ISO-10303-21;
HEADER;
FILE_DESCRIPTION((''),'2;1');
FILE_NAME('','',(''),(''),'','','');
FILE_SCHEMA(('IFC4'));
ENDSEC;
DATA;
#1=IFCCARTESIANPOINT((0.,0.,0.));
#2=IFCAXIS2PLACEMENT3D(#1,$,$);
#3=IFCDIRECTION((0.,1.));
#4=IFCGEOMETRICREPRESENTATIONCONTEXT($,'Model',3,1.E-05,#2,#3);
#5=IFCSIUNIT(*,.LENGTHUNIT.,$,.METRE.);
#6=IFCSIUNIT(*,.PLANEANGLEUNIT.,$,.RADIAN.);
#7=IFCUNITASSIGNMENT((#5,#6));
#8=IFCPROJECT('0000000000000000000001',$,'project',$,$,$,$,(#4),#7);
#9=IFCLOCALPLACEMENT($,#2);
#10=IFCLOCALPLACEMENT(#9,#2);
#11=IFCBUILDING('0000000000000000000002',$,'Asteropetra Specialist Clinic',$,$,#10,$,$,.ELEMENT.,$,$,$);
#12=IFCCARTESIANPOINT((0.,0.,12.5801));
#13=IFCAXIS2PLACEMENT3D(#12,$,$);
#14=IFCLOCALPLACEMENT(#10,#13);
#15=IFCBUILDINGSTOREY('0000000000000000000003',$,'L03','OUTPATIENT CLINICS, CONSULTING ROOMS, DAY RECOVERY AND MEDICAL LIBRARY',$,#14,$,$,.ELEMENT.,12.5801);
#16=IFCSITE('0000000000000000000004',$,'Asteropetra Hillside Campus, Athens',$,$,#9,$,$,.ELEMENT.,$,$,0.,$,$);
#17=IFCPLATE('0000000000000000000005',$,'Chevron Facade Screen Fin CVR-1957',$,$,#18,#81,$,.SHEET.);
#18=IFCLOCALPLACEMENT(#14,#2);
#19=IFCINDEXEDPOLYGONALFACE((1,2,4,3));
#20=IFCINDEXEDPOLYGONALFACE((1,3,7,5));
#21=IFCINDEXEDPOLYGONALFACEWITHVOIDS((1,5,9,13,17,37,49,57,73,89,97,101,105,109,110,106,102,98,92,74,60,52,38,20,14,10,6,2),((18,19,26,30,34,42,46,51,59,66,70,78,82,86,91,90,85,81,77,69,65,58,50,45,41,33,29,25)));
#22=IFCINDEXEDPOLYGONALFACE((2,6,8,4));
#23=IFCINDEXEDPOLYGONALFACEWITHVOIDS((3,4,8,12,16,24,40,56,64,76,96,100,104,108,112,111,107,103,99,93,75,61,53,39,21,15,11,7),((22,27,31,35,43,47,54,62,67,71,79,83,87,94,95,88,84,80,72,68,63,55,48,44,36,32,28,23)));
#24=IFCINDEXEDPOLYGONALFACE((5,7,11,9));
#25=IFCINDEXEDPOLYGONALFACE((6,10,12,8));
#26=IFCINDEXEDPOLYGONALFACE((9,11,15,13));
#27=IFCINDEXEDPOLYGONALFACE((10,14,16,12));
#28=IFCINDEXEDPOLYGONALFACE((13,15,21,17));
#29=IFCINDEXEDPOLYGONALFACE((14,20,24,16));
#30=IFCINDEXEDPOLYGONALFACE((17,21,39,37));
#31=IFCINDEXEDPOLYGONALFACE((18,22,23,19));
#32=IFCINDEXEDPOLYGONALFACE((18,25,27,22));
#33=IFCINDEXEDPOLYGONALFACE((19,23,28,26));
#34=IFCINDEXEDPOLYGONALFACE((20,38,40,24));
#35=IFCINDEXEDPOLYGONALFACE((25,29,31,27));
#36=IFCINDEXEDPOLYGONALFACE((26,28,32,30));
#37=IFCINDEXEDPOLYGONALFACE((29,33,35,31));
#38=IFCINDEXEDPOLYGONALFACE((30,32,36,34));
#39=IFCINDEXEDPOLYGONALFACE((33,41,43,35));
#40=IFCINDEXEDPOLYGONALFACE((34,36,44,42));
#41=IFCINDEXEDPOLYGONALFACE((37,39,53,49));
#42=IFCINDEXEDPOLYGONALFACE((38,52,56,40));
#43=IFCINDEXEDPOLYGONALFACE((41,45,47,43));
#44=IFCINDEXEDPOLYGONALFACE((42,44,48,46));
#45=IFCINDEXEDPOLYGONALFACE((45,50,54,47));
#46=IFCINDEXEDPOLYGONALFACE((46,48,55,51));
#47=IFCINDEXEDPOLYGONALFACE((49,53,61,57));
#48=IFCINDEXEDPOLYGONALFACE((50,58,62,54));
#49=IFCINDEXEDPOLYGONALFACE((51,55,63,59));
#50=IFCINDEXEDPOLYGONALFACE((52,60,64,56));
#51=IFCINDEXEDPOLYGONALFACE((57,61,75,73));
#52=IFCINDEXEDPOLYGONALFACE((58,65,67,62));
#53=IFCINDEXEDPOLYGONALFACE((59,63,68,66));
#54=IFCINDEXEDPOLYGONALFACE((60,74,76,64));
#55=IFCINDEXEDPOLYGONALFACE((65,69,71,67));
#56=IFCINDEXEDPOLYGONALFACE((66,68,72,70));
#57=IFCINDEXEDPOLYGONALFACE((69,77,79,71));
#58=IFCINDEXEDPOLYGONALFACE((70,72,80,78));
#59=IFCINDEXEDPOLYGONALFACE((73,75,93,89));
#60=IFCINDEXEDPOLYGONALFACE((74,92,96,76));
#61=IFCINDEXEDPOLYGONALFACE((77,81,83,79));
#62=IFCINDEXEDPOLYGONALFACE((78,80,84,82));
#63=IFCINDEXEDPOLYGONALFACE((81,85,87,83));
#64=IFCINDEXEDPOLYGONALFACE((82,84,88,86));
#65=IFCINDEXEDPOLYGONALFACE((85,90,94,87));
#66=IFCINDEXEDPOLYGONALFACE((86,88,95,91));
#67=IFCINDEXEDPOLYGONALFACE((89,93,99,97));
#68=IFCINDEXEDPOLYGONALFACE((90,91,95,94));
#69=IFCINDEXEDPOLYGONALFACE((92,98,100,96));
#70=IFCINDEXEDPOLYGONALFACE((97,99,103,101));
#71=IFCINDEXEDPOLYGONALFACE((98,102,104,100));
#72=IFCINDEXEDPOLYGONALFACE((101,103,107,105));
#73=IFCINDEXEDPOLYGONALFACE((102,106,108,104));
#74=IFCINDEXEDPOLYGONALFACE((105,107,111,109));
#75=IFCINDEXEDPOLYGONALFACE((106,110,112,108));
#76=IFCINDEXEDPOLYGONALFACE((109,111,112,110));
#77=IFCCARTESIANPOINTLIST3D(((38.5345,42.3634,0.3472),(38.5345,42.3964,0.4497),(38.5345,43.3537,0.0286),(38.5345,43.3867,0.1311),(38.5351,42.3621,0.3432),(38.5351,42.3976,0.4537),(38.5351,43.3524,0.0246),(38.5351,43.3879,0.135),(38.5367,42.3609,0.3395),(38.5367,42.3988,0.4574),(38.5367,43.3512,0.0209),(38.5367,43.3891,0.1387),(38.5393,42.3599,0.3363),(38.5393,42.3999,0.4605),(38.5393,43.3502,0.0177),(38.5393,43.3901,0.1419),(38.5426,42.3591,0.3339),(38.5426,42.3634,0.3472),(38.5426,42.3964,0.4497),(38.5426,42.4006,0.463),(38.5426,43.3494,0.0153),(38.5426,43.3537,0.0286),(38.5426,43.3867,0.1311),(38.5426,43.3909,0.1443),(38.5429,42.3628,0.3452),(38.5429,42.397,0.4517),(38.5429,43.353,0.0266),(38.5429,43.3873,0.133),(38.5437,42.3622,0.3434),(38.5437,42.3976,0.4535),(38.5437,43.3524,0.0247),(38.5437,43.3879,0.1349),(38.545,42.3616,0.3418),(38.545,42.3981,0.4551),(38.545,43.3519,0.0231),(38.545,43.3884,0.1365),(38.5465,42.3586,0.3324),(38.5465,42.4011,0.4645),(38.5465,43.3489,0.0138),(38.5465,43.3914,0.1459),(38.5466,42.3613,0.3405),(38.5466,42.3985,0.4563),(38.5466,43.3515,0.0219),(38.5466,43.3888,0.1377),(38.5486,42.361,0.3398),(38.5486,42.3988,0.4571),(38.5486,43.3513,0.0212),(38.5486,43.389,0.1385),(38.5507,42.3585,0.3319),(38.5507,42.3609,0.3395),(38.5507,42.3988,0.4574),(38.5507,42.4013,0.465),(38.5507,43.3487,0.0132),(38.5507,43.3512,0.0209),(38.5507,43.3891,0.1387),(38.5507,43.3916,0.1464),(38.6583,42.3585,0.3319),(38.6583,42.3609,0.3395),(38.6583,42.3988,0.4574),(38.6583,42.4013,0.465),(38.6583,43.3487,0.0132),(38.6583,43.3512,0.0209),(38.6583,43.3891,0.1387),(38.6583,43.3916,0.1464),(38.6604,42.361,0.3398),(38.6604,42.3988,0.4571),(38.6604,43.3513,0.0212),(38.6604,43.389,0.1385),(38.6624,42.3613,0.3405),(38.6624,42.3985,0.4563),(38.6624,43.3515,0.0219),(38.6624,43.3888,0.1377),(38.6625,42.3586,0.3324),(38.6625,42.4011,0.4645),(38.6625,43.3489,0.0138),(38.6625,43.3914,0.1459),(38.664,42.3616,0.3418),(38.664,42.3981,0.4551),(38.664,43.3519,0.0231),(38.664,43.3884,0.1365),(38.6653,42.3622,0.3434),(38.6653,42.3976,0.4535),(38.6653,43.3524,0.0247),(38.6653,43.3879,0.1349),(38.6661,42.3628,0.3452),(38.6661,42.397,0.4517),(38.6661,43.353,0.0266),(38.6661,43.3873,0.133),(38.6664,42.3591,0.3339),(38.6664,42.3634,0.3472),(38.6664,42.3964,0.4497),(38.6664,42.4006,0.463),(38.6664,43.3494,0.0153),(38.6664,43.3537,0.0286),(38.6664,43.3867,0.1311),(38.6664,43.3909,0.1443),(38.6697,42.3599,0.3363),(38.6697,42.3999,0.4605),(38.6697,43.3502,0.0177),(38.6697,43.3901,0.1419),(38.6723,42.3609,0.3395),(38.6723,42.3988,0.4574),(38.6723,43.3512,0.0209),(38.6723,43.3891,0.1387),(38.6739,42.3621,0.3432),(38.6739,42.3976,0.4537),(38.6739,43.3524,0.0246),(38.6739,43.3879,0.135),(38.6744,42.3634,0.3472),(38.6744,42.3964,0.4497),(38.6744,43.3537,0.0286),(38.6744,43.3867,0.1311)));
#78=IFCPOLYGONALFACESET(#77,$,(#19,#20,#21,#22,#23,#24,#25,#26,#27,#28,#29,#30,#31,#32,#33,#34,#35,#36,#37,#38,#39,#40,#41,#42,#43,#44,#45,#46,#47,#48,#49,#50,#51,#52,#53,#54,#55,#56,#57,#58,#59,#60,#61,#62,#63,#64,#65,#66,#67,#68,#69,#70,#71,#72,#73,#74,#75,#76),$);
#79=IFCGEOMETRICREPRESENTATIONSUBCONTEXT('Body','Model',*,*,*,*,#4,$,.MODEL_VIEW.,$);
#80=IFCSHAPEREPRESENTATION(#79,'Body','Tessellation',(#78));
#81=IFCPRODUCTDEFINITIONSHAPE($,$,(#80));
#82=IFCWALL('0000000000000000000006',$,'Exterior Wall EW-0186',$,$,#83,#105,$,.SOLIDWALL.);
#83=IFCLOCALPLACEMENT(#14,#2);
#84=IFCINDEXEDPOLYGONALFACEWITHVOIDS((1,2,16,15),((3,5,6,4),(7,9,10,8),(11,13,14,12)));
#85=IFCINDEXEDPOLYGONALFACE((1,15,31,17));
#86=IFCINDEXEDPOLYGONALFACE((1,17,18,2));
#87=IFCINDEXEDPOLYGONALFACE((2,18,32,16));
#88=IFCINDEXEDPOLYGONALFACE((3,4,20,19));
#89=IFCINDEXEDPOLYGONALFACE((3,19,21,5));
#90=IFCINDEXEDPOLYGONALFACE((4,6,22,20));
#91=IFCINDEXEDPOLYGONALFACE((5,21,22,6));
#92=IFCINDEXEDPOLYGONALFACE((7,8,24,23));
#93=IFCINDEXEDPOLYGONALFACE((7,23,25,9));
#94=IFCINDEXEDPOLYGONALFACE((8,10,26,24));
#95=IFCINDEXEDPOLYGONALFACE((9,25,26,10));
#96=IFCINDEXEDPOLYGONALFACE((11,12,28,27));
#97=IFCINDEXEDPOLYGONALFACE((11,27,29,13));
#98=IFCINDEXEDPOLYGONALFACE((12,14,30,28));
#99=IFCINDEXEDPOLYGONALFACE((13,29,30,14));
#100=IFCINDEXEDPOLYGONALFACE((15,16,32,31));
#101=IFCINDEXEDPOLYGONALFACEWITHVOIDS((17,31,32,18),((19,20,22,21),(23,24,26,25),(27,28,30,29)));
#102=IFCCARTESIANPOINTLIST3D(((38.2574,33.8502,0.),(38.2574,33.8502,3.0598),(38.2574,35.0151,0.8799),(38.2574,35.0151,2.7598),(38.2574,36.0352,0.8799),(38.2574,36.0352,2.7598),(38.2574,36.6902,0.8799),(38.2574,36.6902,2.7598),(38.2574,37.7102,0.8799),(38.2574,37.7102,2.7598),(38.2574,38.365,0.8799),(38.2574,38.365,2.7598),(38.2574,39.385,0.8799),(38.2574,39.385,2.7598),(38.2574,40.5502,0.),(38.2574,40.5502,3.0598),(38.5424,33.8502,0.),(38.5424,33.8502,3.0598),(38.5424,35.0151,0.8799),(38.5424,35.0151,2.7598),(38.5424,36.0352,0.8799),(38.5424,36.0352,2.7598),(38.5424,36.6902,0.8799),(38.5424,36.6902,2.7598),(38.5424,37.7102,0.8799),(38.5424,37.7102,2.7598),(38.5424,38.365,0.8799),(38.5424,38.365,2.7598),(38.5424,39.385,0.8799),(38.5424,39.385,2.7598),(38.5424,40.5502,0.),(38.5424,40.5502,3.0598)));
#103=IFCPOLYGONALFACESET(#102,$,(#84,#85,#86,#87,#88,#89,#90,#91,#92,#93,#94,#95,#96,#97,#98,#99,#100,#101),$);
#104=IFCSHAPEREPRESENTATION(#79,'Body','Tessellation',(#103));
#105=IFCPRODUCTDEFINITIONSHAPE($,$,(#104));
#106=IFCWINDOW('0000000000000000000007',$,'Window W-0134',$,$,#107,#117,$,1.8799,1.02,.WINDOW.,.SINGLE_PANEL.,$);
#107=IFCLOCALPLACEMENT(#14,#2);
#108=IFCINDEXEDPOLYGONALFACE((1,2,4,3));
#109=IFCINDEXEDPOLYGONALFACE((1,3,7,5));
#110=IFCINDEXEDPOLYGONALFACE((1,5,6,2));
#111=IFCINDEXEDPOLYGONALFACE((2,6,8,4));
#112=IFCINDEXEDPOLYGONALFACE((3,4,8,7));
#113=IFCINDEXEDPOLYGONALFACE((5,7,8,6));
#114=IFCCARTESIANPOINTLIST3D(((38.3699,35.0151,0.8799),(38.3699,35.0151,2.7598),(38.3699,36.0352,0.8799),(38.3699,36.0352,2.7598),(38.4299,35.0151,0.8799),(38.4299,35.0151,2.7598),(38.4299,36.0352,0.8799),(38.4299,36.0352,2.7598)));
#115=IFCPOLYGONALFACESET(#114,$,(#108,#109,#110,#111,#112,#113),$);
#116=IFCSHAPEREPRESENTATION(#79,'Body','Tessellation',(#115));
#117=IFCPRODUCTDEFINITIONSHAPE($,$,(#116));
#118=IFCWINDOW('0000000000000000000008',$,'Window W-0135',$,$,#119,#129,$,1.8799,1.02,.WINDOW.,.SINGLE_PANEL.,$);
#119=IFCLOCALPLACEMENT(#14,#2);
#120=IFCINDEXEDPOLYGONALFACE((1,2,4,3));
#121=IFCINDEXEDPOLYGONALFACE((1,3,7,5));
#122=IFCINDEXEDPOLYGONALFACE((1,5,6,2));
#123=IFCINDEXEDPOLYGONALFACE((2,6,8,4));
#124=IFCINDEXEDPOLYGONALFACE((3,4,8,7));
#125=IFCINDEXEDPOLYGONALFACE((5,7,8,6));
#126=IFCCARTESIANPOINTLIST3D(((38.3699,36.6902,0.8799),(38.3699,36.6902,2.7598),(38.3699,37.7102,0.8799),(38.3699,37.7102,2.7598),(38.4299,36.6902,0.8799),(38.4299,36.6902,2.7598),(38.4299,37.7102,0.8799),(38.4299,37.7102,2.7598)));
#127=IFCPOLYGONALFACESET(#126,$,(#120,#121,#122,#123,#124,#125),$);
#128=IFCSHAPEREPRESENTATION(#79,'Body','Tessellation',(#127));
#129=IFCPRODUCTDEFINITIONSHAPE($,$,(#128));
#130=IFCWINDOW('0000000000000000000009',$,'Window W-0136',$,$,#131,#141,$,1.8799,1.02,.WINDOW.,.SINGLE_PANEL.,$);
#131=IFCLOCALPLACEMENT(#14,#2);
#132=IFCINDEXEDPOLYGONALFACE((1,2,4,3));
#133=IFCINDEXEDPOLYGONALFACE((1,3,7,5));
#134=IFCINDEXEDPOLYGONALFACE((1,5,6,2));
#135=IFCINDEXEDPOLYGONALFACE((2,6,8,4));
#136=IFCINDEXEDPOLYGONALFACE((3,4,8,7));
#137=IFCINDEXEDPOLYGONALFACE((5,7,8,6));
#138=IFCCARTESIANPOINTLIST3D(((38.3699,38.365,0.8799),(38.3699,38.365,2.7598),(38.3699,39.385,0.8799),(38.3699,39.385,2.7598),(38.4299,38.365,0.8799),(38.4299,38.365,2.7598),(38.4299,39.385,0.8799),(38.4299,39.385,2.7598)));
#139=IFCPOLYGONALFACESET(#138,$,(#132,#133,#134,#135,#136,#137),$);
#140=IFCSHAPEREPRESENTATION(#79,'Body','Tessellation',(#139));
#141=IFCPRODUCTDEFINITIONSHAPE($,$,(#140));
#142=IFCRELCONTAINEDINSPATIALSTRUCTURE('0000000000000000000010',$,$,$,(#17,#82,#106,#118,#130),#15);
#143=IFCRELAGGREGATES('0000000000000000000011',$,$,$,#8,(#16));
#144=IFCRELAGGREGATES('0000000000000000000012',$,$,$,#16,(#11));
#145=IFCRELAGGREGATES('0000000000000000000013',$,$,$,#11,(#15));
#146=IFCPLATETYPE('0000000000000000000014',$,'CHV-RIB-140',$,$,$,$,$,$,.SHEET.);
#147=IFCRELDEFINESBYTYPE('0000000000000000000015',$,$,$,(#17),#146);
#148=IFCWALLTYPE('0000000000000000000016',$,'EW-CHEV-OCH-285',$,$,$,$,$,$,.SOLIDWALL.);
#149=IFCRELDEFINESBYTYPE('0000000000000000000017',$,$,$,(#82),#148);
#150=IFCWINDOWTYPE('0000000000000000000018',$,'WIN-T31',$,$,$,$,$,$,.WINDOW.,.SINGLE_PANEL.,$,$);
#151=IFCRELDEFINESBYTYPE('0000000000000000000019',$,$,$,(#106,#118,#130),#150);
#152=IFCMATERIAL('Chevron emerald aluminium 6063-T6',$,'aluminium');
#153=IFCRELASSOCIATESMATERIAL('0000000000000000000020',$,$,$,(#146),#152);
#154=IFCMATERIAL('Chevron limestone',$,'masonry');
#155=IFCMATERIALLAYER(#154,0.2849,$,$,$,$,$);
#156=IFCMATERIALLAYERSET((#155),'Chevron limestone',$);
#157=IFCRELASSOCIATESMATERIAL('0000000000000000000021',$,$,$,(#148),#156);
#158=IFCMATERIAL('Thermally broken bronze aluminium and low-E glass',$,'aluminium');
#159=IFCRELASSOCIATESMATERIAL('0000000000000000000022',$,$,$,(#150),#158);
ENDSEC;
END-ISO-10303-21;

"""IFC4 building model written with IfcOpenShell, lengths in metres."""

from ifc_helpers import new_model, si_unit, direction, frame, frame_2d, origin, origin_2d, place, context, subcontext, project, spatial, rectangle, hollow_rectangle, extrude, material, layer, layer_set, material_profile, profile_set, type_object, element, fill, save


model = new_model("IFC4")

# Units and contexts
model_context = context("Model", 3, precision=1e-05, world=origin(), true_north=direction((0.0, 1.0)))
body_context = subcontext(model_context, "Body", "Model", "MODEL_VIEW")
ifc_project = project(units=[si_unit("LENGTHUNIT", "METRE"), si_unit("PLANEANGLEUNIT", "RADIAN")], contexts=[model_context])

# Site, building, storey
site_placement = place(None, origin())
site = spatial("IfcSite", under=ifc_project, at=site_placement, Name="Asteropetra Hillside Campus, Athens", CompositionType="ELEMENT", RefElevation=0.0)
building_placement = place(site_placement, origin())
building = spatial("IfcBuilding", under=site, at=building_placement, Name="Asteropetra Specialist Clinic", CompositionType="ELEMENT")
storey_placement = place(building_placement, frame((0.0, 0.0, 12.5801)))
storey = spatial("IfcBuildingStorey", under=building, at=storey_placement, Name="L03", Description="OUTPATIENT CLINICS, CONSULTING ROOMS, DAY RECOVERY AND MEDICAL LIBRARY", CompositionType="ELEMENT", Elevation=12.5801)

# Plate
ifc_material_1 = material(Name="Chevron emerald aluminium 6063-T6", Category="aluminium")
ifc_material_profile_1 = material_profile(ifc_material_1, hollow_rectangle(XDim=0.1399, YDim=0.1399, WallThickness=0.0081, InnerFilletRadius=0.0081, OuterFilletRadius=0.0161, at=origin_2d()), Name="SHS 140x140x8.0")
ifc_profile_set_1 = profile_set([ifc_material_profile_1], Name="Chevron emerald aluminium 6063-T6")
plate_type = type_object("IfcPlateType", Name="CHV-RIB-140", PredefinedType="SHEET", material=ifc_profile_set_1)
plate_placement = place(storey_placement, frame((38.6045, 42.3799, 0.3984), z_axis=(0.0, 0.951941, -0.306283), x_axis=(-1.0, 0.0, 0.0)))
element("IfcPlate", 1, at=plate_placement, inside=storey, type_object=plate_type, Name="Chevron Facade Screen Fin CVR-1957", PredefinedType="SHEET", context=body_context, shape_type="SweptSolid", body=[
    extrude(hollow_rectangle(XDim=0.1399, YDim=0.1399, WallThickness=0.0081, InnerFilletRadius=0.0081, OuterFilletRadius=0.0161, at=origin_2d()), origin(), (0.0, 0.0, 1.0), 1.0403),
])

# Wall, openings, windows
ifc_material_2 = material(Name="Chevron limestone", Category="masonry")
ifc_layer_1 = layer(ifc_material_2, 0.2849)
ifc_layer_set_1 = layer_set([ifc_layer_1], Name="Chevron limestone")
wall_type = type_object("IfcWallType", Name="EW-CHEV-OCH-285", PredefinedType="SOLIDWALL", material=ifc_layer_set_1)
wall_1_placement = place(storey_placement, frame((38.3999, 33.8501, 0.0), z_axis=(0.0, 0.0, 1.0), x_axis=(0.0, 1.0, 0.0)))
wall_1 = element("IfcWall", 2, at=wall_1_placement, inside=storey, type_object=wall_type, Name="Exterior Wall EW-0186", PredefinedType="SOLIDWALL", context=body_context, shape_type="SweptSolid", body=[
    extrude(rectangle(XDim=6.7, YDim=0.2849, at=frame_2d((3.3501, 0.0))), origin(), (0.0, 0.0, 1.0), 3.0598),
])
opening_1_placement = place(wall_1_placement, frame((1.165, 0.0, 0.8799)))
opening_1 = element("IfcOpeningElement", 3, at=opening_1_placement, cuts=wall_1, PredefinedType="OPENING", context=body_context, shape_type="SweptSolid", body=[
    extrude(rectangle(XDim=1.02, YDim=1.8799, at=frame_2d((0.51, 0.9399))), frame((0.0, 0.1523, 0.0), z_axis=(0.0, -1.0, 0.0), x_axis=(1.0, 0.0, 0.0)), (0.0, 0.0, 1.0), 0.3049),
])
opening_2_placement = place(wall_1_placement, frame((2.8401, 0.0, 0.8799)))
opening_2 = element("IfcOpeningElement", 4, at=opening_2_placement, cuts=wall_1, PredefinedType="OPENING", context=body_context, shape_type="SweptSolid", body=[
    extrude(rectangle(XDim=1.02, YDim=1.8799, at=frame_2d((0.51, 0.9399))), frame((0.0, 0.1523, 0.0), z_axis=(0.0, -1.0, 0.0), x_axis=(1.0, 0.0, 0.0)), (0.0, 0.0, 1.0), 0.3049),
])
opening_3_placement = place(wall_1_placement, frame((4.5149, 0.0, 0.8799)))
opening_3 = element("IfcOpeningElement", 5, at=opening_3_placement, cuts=wall_1, PredefinedType="OPENING", context=body_context, shape_type="SweptSolid", body=[
    extrude(rectangle(XDim=1.02, YDim=1.8799, at=frame_2d((0.51, 0.9399))), frame((0.0, 0.1523, 0.0), z_axis=(0.0, -1.0, 0.0), x_axis=(1.0, 0.0, 0.0)), (0.0, 0.0, 1.0), 0.3049),
])
ifc_material_3 = material(Name="Thermally broken bronze aluminium and low-E glass", Category="aluminium")
window_type = type_object("IfcWindowType", Name="WIN-T31", PartitioningType="SINGLE_PANEL", PredefinedType="WINDOW", material=ifc_material_3)
window_1_placement = place(opening_1_placement, origin())
window_1 = element("IfcWindow", 6, at=window_1_placement, inside=storey, type_object=window_type, Name="Window W-0134", OverallHeight=1.8799, OverallWidth=1.02, PartitioningType="SINGLE_PANEL", PredefinedType="WINDOW", context=body_context, shape_type="SweptSolid", body=[
    extrude(rectangle(XDim=1.02, YDim=1.8799, at=frame_2d((0.51, 0.9399))), frame((0.0, 0.03, 0.0), z_axis=(0.0, -1.0, 0.0), x_axis=(1.0, 0.0, 0.0)), (0.0, 0.0, 1.0), 0.0601),
])
fill(opening_1, window_1)
window_2_placement = place(opening_2_placement, origin())
window_2 = element("IfcWindow", 7, at=window_2_placement, inside=storey, type_object=window_type, Name="Window W-0135", OverallHeight=1.8799, OverallWidth=1.02, PartitioningType="SINGLE_PANEL", PredefinedType="WINDOW", context=body_context, shape_type="SweptSolid", body=[
    extrude(rectangle(XDim=1.02, YDim=1.8799, at=frame_2d((0.51, 0.9399))), frame((0.0, 0.03, 0.0), z_axis=(0.0, -1.0, 0.0), x_axis=(1.0, 0.0, 0.0)), (0.0, 0.0, 1.0), 0.0601),
])
fill(opening_2, window_2)
window_3_placement = place(opening_3_placement, origin())
window_3 = element("IfcWindow", 8, at=window_3_placement, inside=storey, type_object=window_type, Name="Window W-0136", OverallHeight=1.8799, OverallWidth=1.02, PartitioningType="SINGLE_PANEL", PredefinedType="WINDOW", context=body_context, shape_type="SweptSolid", body=[
    extrude(rectangle(XDim=1.02, YDim=1.8799, at=frame_2d((0.51, 0.9399))), frame((0.0, 0.03, 0.0), z_axis=(0.0, -1.0, 0.0), x_axis=(1.0, 0.0, 0.0)), (0.0, 0.0, 1.0), 0.0601),
])
fill(opening_3, window_3)

save(model, "model.ifc")
